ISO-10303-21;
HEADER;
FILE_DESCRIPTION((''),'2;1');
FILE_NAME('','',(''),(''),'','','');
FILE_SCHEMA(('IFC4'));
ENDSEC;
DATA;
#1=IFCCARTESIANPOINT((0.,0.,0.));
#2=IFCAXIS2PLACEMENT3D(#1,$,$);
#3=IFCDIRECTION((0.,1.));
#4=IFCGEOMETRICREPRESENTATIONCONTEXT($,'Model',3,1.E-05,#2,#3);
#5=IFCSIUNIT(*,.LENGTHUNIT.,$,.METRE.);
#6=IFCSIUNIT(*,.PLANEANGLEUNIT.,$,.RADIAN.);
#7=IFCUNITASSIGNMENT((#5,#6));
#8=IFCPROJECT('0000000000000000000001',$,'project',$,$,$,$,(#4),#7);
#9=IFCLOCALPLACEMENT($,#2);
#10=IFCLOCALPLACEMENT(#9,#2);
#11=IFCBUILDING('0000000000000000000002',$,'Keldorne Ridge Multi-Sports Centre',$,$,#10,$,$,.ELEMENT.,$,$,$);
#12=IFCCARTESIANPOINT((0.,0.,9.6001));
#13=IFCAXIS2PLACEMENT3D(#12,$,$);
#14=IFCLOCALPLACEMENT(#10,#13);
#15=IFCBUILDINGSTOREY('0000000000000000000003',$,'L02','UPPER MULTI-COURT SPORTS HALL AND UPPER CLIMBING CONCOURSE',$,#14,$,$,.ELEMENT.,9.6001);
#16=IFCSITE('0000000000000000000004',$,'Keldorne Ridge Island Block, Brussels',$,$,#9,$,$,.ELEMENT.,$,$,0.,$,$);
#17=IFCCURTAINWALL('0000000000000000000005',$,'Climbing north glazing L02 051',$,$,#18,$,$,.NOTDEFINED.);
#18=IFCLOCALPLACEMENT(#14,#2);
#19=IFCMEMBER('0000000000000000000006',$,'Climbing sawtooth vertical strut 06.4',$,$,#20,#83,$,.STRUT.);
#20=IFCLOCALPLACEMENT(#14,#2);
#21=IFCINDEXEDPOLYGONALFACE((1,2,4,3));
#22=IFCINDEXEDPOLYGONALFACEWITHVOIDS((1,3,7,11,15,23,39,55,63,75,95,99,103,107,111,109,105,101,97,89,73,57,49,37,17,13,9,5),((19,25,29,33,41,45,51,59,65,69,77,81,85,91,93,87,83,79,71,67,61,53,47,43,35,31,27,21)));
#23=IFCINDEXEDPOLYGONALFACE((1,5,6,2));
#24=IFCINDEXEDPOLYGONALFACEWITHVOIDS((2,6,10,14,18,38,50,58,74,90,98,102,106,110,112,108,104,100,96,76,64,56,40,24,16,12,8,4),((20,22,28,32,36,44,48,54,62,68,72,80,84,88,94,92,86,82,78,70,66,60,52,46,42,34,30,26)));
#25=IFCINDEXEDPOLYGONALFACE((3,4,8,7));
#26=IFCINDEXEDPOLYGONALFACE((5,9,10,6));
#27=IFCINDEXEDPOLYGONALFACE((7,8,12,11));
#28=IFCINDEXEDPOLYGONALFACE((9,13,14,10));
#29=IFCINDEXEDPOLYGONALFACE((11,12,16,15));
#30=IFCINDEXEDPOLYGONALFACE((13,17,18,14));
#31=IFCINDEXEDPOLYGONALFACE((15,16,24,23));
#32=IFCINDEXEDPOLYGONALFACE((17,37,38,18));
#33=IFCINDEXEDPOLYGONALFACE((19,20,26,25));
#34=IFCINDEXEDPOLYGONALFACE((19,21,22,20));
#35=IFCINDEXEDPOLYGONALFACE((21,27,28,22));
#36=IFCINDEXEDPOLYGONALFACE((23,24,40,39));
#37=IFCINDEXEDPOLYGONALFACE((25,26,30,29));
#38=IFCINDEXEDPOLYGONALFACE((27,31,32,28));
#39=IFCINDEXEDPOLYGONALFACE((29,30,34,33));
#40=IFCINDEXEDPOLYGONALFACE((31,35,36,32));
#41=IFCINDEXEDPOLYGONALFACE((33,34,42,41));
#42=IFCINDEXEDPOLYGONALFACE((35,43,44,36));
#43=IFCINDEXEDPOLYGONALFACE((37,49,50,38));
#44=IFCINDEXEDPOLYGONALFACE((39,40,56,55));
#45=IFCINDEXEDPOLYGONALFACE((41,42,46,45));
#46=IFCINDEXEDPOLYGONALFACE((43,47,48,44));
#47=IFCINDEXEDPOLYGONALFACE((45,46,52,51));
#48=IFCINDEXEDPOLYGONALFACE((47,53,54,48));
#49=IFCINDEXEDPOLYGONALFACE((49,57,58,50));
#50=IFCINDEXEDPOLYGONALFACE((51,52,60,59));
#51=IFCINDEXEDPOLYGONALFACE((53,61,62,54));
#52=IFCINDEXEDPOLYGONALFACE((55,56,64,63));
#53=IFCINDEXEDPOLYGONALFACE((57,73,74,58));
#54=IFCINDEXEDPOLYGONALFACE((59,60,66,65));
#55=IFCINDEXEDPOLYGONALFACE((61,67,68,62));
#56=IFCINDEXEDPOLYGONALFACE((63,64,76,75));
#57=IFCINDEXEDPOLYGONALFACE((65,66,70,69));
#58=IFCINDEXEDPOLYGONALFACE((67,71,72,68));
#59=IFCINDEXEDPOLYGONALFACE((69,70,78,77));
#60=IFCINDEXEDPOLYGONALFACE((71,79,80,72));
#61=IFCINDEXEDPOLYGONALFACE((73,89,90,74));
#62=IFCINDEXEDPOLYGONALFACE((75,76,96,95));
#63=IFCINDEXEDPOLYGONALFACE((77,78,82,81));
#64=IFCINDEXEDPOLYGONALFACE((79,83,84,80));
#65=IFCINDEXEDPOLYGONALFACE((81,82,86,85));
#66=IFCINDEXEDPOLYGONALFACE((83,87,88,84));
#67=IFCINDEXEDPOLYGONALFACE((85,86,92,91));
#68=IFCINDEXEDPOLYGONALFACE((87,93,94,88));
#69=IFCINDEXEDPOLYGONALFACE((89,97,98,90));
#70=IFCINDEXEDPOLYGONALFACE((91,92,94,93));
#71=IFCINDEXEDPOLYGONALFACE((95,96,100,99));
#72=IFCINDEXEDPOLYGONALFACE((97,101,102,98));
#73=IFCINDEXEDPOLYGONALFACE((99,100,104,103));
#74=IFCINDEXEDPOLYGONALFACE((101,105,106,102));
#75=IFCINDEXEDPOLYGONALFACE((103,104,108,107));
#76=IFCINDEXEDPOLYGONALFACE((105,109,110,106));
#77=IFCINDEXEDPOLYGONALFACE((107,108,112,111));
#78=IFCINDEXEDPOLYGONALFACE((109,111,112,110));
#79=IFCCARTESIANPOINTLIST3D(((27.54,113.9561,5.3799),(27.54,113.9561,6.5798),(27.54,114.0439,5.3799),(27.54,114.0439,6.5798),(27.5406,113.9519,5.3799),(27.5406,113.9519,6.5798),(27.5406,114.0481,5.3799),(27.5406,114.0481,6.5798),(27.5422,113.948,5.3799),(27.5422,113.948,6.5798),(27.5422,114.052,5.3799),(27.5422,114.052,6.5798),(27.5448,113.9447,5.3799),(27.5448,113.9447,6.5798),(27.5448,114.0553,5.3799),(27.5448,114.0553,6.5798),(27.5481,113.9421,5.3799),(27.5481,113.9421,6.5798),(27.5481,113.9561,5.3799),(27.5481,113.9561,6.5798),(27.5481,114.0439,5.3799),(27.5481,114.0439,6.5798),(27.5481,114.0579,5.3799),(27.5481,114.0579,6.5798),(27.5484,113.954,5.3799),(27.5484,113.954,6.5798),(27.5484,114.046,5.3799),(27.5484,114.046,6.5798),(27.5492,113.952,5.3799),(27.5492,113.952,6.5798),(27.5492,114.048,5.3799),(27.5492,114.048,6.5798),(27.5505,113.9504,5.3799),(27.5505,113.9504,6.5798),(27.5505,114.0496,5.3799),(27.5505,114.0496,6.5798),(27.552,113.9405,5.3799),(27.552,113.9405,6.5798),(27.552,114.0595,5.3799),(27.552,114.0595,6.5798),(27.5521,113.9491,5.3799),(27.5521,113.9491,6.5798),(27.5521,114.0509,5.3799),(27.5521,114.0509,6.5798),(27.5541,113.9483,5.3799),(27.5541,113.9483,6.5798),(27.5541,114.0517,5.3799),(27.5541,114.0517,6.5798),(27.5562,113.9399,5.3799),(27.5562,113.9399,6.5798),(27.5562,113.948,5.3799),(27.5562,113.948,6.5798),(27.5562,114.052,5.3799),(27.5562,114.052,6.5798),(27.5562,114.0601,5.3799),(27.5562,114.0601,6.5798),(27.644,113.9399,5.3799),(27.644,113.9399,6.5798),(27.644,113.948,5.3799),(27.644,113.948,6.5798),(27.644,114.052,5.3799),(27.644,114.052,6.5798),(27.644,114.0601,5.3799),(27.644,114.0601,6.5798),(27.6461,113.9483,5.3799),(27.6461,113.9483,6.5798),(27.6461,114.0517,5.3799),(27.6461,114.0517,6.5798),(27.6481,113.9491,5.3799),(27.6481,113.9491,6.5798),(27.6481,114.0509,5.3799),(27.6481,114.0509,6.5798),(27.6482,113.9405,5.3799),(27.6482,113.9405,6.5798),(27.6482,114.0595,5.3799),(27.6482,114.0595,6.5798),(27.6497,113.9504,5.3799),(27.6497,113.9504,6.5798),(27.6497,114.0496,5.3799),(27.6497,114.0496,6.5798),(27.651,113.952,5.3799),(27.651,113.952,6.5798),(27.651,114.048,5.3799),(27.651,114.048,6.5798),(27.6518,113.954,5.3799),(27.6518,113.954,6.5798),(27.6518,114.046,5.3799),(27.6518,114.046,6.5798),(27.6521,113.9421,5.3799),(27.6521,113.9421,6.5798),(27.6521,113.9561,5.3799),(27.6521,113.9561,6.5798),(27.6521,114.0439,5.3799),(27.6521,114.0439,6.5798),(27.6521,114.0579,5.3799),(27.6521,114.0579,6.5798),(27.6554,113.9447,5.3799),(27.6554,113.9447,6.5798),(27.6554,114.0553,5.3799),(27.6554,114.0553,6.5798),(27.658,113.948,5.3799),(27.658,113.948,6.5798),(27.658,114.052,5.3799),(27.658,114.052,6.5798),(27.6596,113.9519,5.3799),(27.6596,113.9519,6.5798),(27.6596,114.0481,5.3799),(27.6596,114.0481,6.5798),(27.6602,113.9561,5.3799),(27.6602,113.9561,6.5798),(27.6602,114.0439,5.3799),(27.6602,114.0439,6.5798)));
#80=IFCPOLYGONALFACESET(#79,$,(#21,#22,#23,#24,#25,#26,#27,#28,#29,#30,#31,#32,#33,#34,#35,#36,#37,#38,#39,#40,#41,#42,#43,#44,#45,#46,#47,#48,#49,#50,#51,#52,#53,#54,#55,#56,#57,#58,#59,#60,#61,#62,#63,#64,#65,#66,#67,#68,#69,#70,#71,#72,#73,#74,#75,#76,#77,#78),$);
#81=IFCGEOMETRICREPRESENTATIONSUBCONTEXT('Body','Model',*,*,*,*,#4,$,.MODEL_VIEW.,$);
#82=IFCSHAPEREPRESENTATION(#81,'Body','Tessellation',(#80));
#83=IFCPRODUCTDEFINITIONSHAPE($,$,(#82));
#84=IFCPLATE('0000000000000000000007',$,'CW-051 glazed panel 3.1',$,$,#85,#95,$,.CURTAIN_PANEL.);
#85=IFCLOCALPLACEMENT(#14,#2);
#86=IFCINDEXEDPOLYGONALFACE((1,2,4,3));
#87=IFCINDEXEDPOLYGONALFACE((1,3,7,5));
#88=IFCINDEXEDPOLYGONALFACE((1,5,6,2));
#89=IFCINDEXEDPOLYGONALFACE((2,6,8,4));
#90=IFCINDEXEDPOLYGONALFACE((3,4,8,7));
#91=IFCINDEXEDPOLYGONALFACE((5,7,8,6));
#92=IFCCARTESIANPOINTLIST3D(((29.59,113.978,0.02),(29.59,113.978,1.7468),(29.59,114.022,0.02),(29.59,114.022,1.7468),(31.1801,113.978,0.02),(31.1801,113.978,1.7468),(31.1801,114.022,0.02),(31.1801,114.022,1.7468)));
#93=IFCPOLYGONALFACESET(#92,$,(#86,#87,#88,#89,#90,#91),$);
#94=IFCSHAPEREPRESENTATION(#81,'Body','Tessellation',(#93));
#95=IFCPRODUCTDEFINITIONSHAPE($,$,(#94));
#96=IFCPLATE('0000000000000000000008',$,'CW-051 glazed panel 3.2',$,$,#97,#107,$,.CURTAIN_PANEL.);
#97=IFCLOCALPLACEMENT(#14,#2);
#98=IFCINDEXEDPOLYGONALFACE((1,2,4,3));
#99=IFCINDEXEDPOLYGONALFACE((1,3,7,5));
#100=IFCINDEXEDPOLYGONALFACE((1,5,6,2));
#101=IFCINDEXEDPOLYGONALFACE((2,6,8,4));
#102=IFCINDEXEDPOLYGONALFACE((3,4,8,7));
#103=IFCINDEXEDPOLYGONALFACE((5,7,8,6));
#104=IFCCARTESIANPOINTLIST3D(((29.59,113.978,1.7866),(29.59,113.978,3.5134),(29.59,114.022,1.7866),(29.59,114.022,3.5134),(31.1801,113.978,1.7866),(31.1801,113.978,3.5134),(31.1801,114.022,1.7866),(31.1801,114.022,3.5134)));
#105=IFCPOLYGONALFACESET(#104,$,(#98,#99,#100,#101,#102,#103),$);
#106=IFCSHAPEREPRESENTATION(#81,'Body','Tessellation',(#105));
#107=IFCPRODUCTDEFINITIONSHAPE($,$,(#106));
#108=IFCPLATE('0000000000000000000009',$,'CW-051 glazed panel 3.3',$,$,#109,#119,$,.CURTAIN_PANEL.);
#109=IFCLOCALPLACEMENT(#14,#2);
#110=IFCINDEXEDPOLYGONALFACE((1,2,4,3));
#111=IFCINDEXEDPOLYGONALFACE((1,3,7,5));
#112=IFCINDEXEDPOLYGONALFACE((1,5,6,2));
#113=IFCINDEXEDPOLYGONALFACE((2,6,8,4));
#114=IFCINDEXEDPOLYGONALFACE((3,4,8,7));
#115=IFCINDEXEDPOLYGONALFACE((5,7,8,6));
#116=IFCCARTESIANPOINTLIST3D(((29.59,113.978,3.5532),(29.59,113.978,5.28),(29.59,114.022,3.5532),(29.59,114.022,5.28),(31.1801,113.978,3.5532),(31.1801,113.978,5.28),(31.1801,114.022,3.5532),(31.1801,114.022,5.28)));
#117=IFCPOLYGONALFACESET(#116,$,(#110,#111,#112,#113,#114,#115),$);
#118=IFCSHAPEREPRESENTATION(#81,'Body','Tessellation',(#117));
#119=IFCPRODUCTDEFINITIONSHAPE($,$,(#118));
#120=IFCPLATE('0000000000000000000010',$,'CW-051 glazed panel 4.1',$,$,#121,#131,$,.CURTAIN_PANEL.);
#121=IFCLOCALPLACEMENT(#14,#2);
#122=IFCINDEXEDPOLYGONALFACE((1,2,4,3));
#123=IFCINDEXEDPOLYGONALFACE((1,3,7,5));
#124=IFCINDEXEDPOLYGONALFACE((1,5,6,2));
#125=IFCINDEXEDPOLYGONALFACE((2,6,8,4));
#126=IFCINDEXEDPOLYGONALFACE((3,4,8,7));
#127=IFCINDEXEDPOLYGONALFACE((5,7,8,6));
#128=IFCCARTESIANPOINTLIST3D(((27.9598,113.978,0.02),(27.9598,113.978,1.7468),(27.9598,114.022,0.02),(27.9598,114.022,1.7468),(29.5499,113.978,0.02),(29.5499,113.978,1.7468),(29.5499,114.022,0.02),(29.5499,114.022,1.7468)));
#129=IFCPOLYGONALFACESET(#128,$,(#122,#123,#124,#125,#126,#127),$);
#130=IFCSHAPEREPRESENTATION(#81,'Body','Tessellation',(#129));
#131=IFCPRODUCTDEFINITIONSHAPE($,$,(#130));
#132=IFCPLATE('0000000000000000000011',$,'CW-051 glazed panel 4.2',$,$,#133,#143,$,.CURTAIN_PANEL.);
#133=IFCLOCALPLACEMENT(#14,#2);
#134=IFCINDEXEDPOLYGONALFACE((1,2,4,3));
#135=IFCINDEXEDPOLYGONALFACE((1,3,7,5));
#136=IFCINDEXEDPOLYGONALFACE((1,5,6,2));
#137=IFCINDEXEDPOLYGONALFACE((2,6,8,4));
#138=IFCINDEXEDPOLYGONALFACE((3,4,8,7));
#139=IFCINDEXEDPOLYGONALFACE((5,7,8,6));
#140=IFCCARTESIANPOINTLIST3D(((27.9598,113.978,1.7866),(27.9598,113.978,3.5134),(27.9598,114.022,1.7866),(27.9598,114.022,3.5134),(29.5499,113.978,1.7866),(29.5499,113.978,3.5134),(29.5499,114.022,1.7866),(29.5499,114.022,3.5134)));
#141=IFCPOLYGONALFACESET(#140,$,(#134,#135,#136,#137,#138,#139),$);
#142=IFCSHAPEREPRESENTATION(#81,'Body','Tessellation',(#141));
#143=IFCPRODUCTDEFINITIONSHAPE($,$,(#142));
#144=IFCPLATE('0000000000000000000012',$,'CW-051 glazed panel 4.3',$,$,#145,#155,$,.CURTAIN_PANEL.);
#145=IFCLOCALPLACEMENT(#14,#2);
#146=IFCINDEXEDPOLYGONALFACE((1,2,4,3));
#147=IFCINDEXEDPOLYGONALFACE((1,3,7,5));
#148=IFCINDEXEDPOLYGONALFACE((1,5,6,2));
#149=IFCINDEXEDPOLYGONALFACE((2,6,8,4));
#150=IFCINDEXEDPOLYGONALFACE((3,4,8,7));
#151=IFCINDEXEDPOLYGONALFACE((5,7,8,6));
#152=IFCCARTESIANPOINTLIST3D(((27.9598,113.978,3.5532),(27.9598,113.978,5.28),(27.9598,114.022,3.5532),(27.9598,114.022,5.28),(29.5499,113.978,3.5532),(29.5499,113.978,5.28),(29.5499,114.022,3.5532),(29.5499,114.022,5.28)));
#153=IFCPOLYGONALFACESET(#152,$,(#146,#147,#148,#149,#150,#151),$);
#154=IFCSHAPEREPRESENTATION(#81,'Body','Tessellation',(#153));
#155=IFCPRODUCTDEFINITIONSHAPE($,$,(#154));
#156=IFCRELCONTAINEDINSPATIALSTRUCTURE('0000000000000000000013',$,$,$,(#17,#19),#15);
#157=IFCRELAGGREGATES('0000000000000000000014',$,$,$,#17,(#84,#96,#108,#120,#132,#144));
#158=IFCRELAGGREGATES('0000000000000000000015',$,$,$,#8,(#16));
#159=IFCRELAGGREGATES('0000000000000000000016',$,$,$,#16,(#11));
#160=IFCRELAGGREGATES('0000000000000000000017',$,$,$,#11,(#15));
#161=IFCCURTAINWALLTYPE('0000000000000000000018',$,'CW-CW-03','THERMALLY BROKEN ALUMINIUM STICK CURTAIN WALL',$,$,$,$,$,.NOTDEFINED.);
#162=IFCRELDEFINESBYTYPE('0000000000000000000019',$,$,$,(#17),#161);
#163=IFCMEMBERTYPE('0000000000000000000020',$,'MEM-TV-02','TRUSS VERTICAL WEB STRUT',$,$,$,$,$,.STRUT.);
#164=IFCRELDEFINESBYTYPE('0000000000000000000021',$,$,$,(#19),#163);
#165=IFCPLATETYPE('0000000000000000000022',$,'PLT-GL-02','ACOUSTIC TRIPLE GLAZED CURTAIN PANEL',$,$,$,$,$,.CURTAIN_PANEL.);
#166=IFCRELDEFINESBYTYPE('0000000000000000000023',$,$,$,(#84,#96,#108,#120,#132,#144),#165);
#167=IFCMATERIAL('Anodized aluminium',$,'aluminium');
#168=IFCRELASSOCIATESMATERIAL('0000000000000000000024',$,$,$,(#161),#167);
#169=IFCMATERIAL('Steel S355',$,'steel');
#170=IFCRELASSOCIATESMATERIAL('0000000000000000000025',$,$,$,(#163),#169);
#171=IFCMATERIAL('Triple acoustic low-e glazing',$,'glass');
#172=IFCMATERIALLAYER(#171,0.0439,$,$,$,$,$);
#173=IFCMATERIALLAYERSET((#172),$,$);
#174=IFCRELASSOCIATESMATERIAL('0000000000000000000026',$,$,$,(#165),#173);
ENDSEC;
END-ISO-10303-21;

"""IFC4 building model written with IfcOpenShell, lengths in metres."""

from ifc_helpers import new_model, si_unit, direction, frame, origin, origin_2d, place, context, subcontext, project, spatial, rectangle, hollow_rectangle, extrude, material, layer, layer_set, material_profile, profile_set, type_object, element, aggregate, save


model = new_model("IFC4")

# Units and contexts
model_context = context("Model", 3, precision=1e-05, world=origin(), true_north=direction((0.0, 1.0)))
body_context = subcontext(model_context, "Body", "Model", "MODEL_VIEW")
ifc_project = project(units=[si_unit("LENGTHUNIT", "METRE"), si_unit("PLANEANGLEUNIT", "RADIAN")], contexts=[model_context])

# Site, building, storey
site_placement = place(None, origin())
site = spatial("IfcSite", under=ifc_project, at=site_placement, Name="Keldorne Ridge Island Block, Brussels", CompositionType="ELEMENT", RefElevation=0.0)
building_placement = place(site_placement, origin())
building = spatial("IfcBuilding", under=site, at=building_placement, Name="Keldorne Ridge Multi-Sports Centre", CompositionType="ELEMENT")
storey_placement = place(building_placement, frame((0.0, 0.0, 9.6001)))
storey = spatial("IfcBuildingStorey", under=building, at=storey_placement, Name="L02", Description="UPPER MULTI-COURT SPORTS HALL AND UPPER CLIMBING CONCOURSE", CompositionType="ELEMENT", Elevation=9.6001)

# Shared definitions
ifc_material_1 = material(Name="Steel S355", Category="steel")

# Curtain wall
ifc_material_2 = material(Name="Anodized aluminium", Category="aluminium")
curtain_wall_type = type_object("IfcCurtainWallType", Name="CW-CW-03", Description="THERMALLY BROKEN ALUMINIUM STICK CURTAIN WALL", PredefinedType="NOTDEFINED", material=ifc_material_2)
curtain_wall_placement = place(storey_placement, origin())
curtain_wall = element("IfcCurtainWall", 1, at=curtain_wall_placement, inside=storey, type_object=curtain_wall_type, Name="Climbing north glazing L02 051", PredefinedType="NOTDEFINED")

# Member
ifc_material_profile_1 = material_profile(ifc_material_1, hollow_rectangle(XDim=0.1201, YDim=0.1201, WallThickness=0.0081, InnerFilletRadius=0.0081, OuterFilletRadius=0.0161, at=origin_2d()), Name="SHS 120x120x8")
ifc_profile_set_1 = profile_set([ifc_material_profile_1], Name="Steel S355")
member_type_1 = type_object("IfcMemberType", Name="MEM-TV-02", Description="TRUSS VERTICAL WEB STRUT", PredefinedType="STRUT", material=ifc_profile_set_1)
member_1_placement = place(storey_placement, frame((27.6001, 114.0, 5.3799), z_axis=(0.0, 0.0, 1.0), x_axis=(1.0, 0.0, 0.0)))
element("IfcMember", 2, at=member_1_placement, inside=storey, type_object=member_type_1, Name="Climbing sawtooth vertical strut 06.4", PredefinedType="STRUT", context=body_context, shape_type="SweptSolid", body=[
    extrude(hollow_rectangle(XDim=0.1201, YDim=0.1201, WallThickness=0.0081, InnerFilletRadius=0.0081, OuterFilletRadius=0.0161, at=origin_2d()), origin(), (0.0, 0.0, 1.0), 1.2),
])

# Plates
ifc_material_3 = material(Name="Triple acoustic low-e glazing", Category="glass")
ifc_layer = layer(ifc_material_3, 0.0439)
ifc_layer_set = layer_set([ifc_layer])
plate_type = type_object("IfcPlateType", Name="PLT-GL-02", Description="ACOUSTIC TRIPLE GLAZED CURTAIN PANEL", PredefinedType="CURTAIN_PANEL", material=ifc_layer_set)
plate_1_placement = place(storey_placement, frame((30.385, 114.0, 0.02), z_axis=(0.0, 0.0, 1.0), x_axis=(-1.0, 0.0, 0.0)))
plate_1 = element("IfcPlate", 3, at=plate_1_placement, type_object=plate_type, Name="CW-051 glazed panel 3.1", PredefinedType="CURTAIN_PANEL", context=body_context, shape_type="SweptSolid", body=[
    extrude(rectangle(XDim=1.5901, YDim=0.0439, at=origin_2d()), origin(), (0.0, 0.0, 1.0), 1.7268),
])
plate_2_placement = place(storey_placement, frame((30.385, 114.0, 1.7866), z_axis=(0.0, 0.0, 1.0), x_axis=(-1.0, 0.0, 0.0)))
plate_2 = element("IfcPlate", 4, at=plate_2_placement, type_object=plate_type, Name="CW-051 glazed panel 3.2", PredefinedType="CURTAIN_PANEL", context=body_context, shape_type="SweptSolid", body=[
    extrude(rectangle(XDim=1.5901, YDim=0.0439, at=origin_2d()), origin(), (0.0, 0.0, 1.0), 1.7268),
])
plate_3_placement = place(storey_placement, frame((30.385, 114.0, 3.5532), z_axis=(0.0, 0.0, 1.0), x_axis=(-1.0, 0.0, 0.0)))
plate_3 = element("IfcPlate", 5, at=plate_3_placement, type_object=plate_type, Name="CW-051 glazed panel 3.3", PredefinedType="CURTAIN_PANEL", context=body_context, shape_type="SweptSolid", body=[
    extrude(rectangle(XDim=1.5901, YDim=0.0439, at=origin_2d()), origin(), (0.0, 0.0, 1.0), 1.7268),
])
plate_4_placement = place(storey_placement, frame((28.7549, 114.0, 0.02), z_axis=(0.0, 0.0, 1.0), x_axis=(-1.0, 0.0, 0.0)))
plate_4 = element("IfcPlate", 6, at=plate_4_placement, type_object=plate_type, Name="CW-051 glazed panel 4.1", PredefinedType="CURTAIN_PANEL", context=body_context, shape_type="SweptSolid", body=[
    extrude(rectangle(XDim=1.5901, YDim=0.0439, at=origin_2d()), origin(), (0.0, 0.0, 1.0), 1.7268),
])
plate_5_placement = place(storey_placement, frame((28.7549, 114.0, 1.7866), z_axis=(0.0, 0.0, 1.0), x_axis=(-1.0, 0.0, 0.0)))
plate_5 = element("IfcPlate", 7, at=plate_5_placement, type_object=plate_type, Name="CW-051 glazed panel 4.2", PredefinedType="CURTAIN_PANEL", context=body_context, shape_type="SweptSolid", body=[
    extrude(rectangle(XDim=1.5901, YDim=0.0439, at=origin_2d()), origin(), (0.0, 0.0, 1.0), 1.7268),
])
plate_6_placement = place(storey_placement, frame((28.7549, 114.0, 3.5532), z_axis=(0.0, 0.0, 1.0), x_axis=(-1.0, 0.0, 0.0)))
plate_6 = element("IfcPlate", 8, at=plate_6_placement, type_object=plate_type, Name="CW-051 glazed panel 4.3", PredefinedType="CURTAIN_PANEL", context=body_context, shape_type="SweptSolid", body=[
    extrude(rectangle(XDim=1.5901, YDim=0.0439, at=origin_2d()), origin(), (0.0, 0.0, 1.0), 1.7268),
])
aggregate(curtain_wall, [plate_1, plate_2, plate_3, plate_4, plate_5, plate_6])

save(model, "model.ifc")
